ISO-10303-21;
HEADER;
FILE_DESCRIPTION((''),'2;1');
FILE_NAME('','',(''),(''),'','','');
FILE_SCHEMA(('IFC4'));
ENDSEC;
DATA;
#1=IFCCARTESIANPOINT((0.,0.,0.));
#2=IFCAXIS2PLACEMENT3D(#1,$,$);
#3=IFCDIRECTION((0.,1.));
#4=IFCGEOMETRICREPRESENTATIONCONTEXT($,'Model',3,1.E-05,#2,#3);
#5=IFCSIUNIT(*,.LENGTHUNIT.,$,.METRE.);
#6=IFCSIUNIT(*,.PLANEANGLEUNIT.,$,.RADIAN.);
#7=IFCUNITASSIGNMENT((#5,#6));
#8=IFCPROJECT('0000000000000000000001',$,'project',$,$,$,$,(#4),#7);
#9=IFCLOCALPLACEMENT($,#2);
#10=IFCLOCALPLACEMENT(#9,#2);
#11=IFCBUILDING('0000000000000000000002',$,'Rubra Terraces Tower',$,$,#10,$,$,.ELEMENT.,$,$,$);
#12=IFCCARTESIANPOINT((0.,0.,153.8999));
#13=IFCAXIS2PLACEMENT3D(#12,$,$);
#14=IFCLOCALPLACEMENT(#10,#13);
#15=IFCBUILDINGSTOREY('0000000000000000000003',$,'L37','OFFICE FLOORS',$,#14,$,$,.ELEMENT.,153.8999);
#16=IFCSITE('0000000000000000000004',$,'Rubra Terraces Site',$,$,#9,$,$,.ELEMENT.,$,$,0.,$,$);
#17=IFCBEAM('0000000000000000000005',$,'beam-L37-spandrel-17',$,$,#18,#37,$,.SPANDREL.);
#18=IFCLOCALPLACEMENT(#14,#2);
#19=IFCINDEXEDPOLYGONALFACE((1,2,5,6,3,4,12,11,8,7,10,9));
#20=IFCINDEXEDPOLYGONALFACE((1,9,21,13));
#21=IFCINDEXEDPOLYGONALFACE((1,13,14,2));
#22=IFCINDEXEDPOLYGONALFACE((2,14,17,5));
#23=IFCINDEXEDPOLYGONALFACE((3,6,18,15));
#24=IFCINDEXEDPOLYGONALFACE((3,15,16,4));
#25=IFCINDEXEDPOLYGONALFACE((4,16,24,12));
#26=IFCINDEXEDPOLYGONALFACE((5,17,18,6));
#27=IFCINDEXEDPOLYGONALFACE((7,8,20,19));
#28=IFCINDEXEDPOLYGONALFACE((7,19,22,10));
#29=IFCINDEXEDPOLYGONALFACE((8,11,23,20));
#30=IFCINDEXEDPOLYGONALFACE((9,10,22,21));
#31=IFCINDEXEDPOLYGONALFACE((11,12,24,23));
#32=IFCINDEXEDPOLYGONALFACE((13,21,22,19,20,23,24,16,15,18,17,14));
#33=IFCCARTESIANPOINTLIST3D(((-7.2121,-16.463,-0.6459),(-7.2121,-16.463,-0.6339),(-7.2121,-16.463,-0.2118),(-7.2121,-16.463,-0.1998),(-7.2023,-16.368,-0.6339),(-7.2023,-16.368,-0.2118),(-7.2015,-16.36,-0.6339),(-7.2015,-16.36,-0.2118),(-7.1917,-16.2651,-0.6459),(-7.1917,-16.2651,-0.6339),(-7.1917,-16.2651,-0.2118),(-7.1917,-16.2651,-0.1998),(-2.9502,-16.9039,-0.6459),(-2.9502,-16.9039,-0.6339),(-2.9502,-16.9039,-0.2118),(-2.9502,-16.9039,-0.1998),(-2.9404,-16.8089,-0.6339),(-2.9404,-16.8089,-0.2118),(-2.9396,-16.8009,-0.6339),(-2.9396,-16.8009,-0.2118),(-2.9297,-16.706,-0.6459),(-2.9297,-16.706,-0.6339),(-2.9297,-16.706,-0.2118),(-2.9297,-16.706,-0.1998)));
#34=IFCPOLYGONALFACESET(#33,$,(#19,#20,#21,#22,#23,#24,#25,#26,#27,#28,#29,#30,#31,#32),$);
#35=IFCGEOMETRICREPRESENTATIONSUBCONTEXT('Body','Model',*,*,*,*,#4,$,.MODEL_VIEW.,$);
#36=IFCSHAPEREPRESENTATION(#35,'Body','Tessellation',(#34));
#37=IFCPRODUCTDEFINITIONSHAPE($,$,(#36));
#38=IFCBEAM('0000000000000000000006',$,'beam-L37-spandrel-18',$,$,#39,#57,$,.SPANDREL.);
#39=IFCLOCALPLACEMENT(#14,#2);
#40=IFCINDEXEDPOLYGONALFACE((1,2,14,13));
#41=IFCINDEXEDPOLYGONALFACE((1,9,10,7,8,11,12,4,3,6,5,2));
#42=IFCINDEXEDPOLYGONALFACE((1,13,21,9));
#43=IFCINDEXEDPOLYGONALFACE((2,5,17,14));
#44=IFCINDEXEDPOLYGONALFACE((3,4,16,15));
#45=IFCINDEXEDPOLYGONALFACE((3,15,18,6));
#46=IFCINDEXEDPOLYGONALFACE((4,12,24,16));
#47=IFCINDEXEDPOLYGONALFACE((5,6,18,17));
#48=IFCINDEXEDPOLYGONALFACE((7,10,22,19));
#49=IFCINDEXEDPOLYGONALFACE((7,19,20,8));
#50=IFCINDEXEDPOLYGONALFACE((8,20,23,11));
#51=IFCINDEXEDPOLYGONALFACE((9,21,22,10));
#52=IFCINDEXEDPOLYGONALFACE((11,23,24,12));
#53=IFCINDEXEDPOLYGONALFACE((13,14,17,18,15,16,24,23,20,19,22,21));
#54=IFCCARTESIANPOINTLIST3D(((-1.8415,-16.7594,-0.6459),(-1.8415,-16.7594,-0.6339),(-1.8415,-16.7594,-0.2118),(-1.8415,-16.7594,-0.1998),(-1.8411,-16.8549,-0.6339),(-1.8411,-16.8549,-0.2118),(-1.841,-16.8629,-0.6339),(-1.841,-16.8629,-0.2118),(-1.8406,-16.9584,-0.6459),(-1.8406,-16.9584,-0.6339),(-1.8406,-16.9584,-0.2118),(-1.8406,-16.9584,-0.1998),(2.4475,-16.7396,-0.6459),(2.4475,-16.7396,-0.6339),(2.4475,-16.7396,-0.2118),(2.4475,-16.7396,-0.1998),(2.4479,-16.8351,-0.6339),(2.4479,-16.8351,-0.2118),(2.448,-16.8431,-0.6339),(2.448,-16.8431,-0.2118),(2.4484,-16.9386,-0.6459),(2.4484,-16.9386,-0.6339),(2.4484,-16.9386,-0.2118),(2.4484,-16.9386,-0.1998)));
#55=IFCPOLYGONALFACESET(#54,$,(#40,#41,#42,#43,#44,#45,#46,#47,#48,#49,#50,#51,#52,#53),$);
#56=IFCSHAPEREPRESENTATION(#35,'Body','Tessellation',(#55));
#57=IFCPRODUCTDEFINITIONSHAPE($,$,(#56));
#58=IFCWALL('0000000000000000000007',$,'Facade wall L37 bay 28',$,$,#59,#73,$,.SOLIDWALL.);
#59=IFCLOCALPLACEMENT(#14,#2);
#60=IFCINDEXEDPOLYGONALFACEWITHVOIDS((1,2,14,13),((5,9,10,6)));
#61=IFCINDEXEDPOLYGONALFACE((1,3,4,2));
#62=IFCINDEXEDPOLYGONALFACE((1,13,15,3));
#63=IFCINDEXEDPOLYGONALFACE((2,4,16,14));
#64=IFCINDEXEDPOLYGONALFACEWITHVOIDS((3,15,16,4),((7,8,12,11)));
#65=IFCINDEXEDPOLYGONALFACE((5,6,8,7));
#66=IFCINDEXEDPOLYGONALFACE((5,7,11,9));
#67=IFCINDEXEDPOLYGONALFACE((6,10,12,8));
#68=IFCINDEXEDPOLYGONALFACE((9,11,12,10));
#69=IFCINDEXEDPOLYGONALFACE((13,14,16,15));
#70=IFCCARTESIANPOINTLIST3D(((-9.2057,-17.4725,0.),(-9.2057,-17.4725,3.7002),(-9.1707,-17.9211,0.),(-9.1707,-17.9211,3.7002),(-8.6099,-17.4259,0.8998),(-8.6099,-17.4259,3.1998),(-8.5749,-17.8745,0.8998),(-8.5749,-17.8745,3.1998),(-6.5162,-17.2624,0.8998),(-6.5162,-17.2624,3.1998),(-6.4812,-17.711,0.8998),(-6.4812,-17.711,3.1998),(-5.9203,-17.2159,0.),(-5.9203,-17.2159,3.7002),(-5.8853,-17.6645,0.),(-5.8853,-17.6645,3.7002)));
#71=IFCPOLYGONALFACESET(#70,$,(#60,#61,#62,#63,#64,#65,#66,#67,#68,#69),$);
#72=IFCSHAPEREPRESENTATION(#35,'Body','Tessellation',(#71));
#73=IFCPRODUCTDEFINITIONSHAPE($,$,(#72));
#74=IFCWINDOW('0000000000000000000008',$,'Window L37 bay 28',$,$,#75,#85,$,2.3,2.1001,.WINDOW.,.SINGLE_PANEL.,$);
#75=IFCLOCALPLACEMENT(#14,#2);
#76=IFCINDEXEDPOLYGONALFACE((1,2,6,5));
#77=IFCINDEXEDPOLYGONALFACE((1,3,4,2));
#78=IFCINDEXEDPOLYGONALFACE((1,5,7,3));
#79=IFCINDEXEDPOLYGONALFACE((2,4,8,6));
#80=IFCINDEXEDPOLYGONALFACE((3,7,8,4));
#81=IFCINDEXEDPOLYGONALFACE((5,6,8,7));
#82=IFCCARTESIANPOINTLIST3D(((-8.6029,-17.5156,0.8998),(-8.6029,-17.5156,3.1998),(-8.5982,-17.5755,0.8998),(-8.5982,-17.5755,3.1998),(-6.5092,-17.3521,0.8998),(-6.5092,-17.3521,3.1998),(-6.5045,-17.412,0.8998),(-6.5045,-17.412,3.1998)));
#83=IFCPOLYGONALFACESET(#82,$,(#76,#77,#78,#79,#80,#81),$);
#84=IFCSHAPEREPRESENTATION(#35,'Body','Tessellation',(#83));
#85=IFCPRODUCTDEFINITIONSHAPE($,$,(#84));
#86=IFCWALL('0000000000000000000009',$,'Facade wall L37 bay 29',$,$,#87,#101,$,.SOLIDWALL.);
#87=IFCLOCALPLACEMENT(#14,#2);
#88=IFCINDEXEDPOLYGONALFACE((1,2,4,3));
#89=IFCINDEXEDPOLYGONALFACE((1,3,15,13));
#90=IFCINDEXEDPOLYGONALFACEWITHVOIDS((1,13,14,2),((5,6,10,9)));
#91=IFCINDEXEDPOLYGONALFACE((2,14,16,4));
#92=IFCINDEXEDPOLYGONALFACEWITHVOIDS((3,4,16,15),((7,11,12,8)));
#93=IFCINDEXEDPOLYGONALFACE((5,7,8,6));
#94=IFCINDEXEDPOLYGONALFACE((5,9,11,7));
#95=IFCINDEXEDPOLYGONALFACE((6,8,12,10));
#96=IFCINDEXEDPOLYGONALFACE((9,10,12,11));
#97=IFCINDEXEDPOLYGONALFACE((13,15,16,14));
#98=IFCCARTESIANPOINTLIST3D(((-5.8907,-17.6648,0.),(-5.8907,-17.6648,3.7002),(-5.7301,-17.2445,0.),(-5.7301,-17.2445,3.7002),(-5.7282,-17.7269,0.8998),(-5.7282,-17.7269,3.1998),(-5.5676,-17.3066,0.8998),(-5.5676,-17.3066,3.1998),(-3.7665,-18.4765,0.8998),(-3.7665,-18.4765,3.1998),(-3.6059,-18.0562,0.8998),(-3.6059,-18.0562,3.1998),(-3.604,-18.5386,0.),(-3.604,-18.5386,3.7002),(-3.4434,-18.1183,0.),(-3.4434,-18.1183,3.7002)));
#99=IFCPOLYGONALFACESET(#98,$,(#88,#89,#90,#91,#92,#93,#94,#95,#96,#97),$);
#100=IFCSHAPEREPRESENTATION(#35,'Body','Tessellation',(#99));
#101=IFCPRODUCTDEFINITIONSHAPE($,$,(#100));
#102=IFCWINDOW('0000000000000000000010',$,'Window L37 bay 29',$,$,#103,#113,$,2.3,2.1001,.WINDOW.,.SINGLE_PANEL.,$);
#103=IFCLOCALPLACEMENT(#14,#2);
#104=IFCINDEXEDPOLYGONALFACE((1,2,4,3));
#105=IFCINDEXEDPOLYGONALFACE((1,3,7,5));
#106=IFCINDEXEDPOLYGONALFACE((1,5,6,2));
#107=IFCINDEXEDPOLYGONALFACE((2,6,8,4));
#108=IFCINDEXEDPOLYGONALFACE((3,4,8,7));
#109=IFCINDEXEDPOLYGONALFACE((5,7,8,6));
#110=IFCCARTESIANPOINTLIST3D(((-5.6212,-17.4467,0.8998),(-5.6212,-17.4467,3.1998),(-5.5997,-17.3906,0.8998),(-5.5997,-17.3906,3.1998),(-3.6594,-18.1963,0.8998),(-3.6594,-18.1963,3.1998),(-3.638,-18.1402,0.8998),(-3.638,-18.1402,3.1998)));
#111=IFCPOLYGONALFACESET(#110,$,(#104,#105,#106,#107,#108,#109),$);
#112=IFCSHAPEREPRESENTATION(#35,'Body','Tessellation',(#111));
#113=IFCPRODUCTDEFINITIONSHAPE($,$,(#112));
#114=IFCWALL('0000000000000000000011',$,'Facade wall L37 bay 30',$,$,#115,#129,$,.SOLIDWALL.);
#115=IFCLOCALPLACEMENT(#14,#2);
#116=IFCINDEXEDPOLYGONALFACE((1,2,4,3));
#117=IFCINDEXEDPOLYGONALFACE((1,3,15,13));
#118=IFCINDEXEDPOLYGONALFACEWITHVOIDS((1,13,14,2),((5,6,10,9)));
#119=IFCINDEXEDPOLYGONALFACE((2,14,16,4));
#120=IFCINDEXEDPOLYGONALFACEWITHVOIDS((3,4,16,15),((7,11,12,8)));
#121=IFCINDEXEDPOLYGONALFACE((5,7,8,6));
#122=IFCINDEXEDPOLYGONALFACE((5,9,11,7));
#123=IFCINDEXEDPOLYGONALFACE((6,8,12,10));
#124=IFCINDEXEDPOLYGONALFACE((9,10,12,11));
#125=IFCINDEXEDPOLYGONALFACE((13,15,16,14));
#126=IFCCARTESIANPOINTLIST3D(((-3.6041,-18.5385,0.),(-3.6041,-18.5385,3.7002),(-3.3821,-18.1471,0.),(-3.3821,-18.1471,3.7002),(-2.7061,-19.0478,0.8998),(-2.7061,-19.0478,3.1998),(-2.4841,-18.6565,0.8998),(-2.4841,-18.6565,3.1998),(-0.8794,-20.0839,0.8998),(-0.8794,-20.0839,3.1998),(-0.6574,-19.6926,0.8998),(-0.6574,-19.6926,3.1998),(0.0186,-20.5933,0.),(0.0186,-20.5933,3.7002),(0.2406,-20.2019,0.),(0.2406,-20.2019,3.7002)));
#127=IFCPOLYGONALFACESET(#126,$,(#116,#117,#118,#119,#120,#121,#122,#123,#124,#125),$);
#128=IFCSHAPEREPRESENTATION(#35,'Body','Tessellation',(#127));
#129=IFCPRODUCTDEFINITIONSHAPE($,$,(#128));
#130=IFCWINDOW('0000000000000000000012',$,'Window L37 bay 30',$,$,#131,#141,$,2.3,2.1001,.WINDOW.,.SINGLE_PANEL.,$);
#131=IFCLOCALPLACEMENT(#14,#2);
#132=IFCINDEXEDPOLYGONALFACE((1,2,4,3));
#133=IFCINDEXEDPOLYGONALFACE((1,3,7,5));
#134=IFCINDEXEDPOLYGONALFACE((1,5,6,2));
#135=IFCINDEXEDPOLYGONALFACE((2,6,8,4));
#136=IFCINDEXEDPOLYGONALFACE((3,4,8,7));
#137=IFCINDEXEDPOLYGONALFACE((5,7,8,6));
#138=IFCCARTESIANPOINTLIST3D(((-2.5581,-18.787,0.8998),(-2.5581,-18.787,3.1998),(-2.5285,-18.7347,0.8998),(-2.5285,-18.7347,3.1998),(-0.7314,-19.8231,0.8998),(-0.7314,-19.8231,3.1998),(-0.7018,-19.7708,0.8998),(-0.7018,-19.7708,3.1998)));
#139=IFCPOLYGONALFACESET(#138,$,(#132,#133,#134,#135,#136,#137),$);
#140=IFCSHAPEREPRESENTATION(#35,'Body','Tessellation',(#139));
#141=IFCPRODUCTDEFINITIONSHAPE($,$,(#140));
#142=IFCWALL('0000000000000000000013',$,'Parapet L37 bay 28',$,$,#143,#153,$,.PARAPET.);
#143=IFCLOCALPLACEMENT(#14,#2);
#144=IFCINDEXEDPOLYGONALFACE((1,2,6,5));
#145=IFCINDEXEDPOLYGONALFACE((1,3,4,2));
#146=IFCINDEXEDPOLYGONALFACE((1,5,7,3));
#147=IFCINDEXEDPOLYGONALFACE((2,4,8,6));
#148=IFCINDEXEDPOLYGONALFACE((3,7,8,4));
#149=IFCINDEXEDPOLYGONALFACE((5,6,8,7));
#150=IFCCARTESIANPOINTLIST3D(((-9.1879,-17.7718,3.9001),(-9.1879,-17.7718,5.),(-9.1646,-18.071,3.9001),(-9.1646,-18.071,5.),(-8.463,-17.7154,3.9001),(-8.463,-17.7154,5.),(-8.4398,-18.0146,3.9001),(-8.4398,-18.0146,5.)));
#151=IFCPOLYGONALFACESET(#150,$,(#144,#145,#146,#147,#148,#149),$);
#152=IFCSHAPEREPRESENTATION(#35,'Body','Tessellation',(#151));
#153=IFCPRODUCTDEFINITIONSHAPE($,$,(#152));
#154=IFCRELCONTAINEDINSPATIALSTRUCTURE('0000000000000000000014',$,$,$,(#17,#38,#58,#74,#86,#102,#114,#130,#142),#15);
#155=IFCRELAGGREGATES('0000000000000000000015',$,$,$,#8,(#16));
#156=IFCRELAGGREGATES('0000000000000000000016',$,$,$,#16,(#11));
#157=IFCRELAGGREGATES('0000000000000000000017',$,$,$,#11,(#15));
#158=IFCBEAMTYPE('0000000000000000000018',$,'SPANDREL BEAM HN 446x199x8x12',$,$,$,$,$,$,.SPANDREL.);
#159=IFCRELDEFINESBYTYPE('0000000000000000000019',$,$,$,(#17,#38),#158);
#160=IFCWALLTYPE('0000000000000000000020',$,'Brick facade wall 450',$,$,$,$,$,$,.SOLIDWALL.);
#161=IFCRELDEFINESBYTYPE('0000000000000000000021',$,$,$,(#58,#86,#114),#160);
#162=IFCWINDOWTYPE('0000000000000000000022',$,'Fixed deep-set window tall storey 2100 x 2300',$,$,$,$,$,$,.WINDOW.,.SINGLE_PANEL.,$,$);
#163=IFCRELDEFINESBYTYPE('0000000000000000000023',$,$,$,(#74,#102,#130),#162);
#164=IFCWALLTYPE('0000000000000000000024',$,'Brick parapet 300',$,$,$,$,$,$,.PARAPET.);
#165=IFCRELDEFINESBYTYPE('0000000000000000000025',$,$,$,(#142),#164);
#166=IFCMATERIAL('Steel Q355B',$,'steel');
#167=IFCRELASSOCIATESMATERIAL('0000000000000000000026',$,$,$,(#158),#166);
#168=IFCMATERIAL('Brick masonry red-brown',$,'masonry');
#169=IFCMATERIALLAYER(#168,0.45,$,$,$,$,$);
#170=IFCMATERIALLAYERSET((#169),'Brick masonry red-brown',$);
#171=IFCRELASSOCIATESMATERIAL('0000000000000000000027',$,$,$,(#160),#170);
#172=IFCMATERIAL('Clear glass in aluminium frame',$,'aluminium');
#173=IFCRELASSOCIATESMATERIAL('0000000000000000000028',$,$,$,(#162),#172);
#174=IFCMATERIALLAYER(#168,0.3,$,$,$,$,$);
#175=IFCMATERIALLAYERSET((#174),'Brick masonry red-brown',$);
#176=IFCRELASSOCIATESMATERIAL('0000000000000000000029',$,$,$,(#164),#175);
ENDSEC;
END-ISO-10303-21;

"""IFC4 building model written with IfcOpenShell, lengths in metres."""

from ifc_helpers import new_model, si_unit, direction, frame, frame_2d, origin, origin_2d, place, context, subcontext, project, spatial, rectangle, i_section, extrude, material, layer, layer_set, material_profile, profile_set, type_object, element, fill, save


model = new_model("IFC4")

# Units and contexts
model_context = context("Model", 3, precision=1e-05, world=origin(), true_north=direction((0.0, 1.0)))
body_context = subcontext(model_context, "Body", "Model", "MODEL_VIEW")
ifc_project = project(units=[si_unit("LENGTHUNIT", "METRE"), si_unit("PLANEANGLEUNIT", "RADIAN")], contexts=[model_context])

# Site, building, storey
site_placement = place(None, origin())
site = spatial("IfcSite", under=ifc_project, at=site_placement, Name="Rubra Terraces Site", CompositionType="ELEMENT", RefElevation=0.0)
building_placement = place(site_placement, origin())
building = spatial("IfcBuilding", under=site, at=building_placement, Name="Rubra Terraces Tower", CompositionType="ELEMENT")
storey_placement = place(building_placement, frame((0.0, 0.0, 153.8999)))
storey = spatial("IfcBuildingStorey", under=building, at=storey_placement, Name="L37", Description="OFFICE FLOORS", CompositionType="ELEMENT", Elevation=153.8999)

# Beams
ifc_material_1 = material(Name="Steel Q355B", Category="steel")
ifc_material_profile_1 = material_profile(ifc_material_1, i_section(OverallWidth=0.199, OverallDepth=0.446, WebThickness=0.0081, FlangeThickness=0.012, at=origin_2d()), Name="HN 446x199x8x12")
ifc_profile_set_1 = profile_set([ifc_material_profile_1], Name="Steel Q355B")
beam_type_1 = type_object("IfcBeamType", Name="SPANDREL BEAM HN 446x199x8x12", PredefinedType="SPANDREL", material=ifc_profile_set_1)
beam_1_placement = place(storey_placement, frame((-7.2019, -16.364, -0.4229), z_axis=(0.994691, -0.102905, 0.0), x_axis=(0.102905, 0.994691, 0.0)))
element("IfcBeam", 1, at=beam_1_placement, inside=storey, type_object=beam_type_1, Name="beam-L37-spandrel-17", PredefinedType="SPANDREL", context=body_context, shape_type="SweptSolid", body=[
    extrude(i_section(OverallWidth=0.199, OverallDepth=0.446, WebThickness=0.0081, FlangeThickness=0.012, at=origin_2d()), origin(), (0.0, 0.0, 1.0), 4.2847),
])
beam_2_placement = place(storey_placement, frame((-1.8411, -16.8589, -0.4229), z_axis=(0.999989, 0.004611, 0.0), x_axis=(-0.004611, 0.999989, 0.0)))
element("IfcBeam", 2, at=beam_2_placement, inside=storey, type_object=beam_type_1, Name="beam-L37-spandrel-18", PredefinedType="SPANDREL", context=body_context, shape_type="SweptSolid", body=[
    extrude(i_section(OverallWidth=0.199, OverallDepth=0.446, WebThickness=0.0081, FlangeThickness=0.012, at=origin_2d()), origin(), (0.0, 0.0, 1.0), 4.2891),
])

# Walls, openings, windows
ifc_material_2 = material(Name="Brick masonry red-brown", Category="masonry")
ifc_layer_1 = layer(ifc_material_2, 0.45)
ifc_layer_set_1 = layer_set([ifc_layer_1], Name="Brick masonry red-brown")
wall_type_1 = type_object("IfcWallType", Name="Brick facade wall 450", PredefinedType="SOLIDWALL", material=ifc_layer_set_1)
wall_1_placement = place(storey_placement, frame((-9.1882, -17.6968, 0.0), z_axis=(0.0, 0.0, 1.0), x_axis=(0.996964, 0.077864, 0.0)))
wall_1 = element("IfcWall", 3, at=wall_1_placement, inside=storey, type_object=wall_type_1, Name="Facade wall L37 bay 28", PredefinedType="SOLIDWALL", context=body_context, shape_type="SweptSolid", body=[
    extrude(rectangle(XDim=3.2954, YDim=0.45, at=frame_2d((1.6477, 0.0))), origin(), (0.0, 0.0, 1.0), 3.7002),
])
opening_1_placement = place(wall_1_placement, frame((0.5977, 0.0, 0.8999)))
opening_1 = element("IfcOpeningElement", 4, at=opening_1_placement, cuts=wall_1, PredefinedType="OPENING", context=body_context, shape_type="SweptSolid", body=[
    extrude(rectangle(XDim=2.1001, YDim=2.3, at=frame_2d((1.05, 1.1499))), frame((0.0, 0.2349, 0.0), z_axis=(0.0, -1.0, 0.0), x_axis=(1.0, 0.0, 0.0)), (0.0, 0.0, 1.0), 0.47),
])
ifc_material_3 = material(Name="Clear glass in aluminium frame", Category="aluminium")
window_type = type_object("IfcWindowType", Name="Fixed deep-set window tall storey 2100 x 2300", PartitioningType="SINGLE_PANEL", PredefinedType="WINDOW", material=ifc_material_3)
window_1_placement = place(opening_1_placement, origin())
window_1 = element("IfcWindow", 5, at=window_1_placement, inside=storey, type_object=window_type, Name="Window L37 bay 28", OverallHeight=2.3, OverallWidth=2.1001, PartitioningType="SINGLE_PANEL", PredefinedType="WINDOW", context=body_context, shape_type="SweptSolid", body=[
    extrude(rectangle(XDim=2.1001, YDim=2.3, at=frame_2d((1.05, 1.1499))), frame((0.0, 0.135, 0.0), z_axis=(0.0, -1.0, 0.0), x_axis=(1.0, 0.0, 0.0)), (0.0, 0.0, 1.0), 0.0601),
])
fill(opening_1, window_1)
wall_2_placement = place(storey_placement, frame((-5.8105, -17.4546, 0.0), z_axis=(0.0, 0.0, 1.0), x_axis=(0.934122, -0.356953, 0.0)))
wall_2 = element("IfcWall", 6, at=wall_2_placement, inside=storey, type_object=wall_type_1, Name="Facade wall L37 bay 29", PredefinedType="SOLIDWALL", context=body_context, shape_type="SweptSolid", body=[
    extrude(rectangle(XDim=2.448, YDim=0.45, at=frame_2d((1.2241, 0.0))), origin(), (0.0, 0.0, 1.0), 3.7002),
])
opening_2_placement = place(wall_2_placement, frame((0.1741, 0.0, 0.8999)))
opening_2 = element("IfcOpeningElement", 7, at=opening_2_placement, cuts=wall_2, PredefinedType="OPENING", context=body_context, shape_type="SweptSolid", body=[
    extrude(rectangle(XDim=2.1001, YDim=2.3, at=frame_2d((1.05, 1.1499))), frame((0.0, 0.2349, 0.0), z_axis=(0.0, -1.0, 0.0), x_axis=(1.0, 0.0, 0.0)), (0.0, 0.0, 1.0), 0.47),
])
window_2_placement = place(opening_2_placement, origin())
window_2 = element("IfcWindow", 8, at=window_2_placement, inside=storey, type_object=window_type, Name="Window L37 bay 29", OverallHeight=2.3, OverallWidth=2.1001, PartitioningType="SINGLE_PANEL", PredefinedType="WINDOW", context=body_context, shape_type="SweptSolid", body=[
    extrude(rectangle(XDim=2.1001, YDim=2.3, at=frame_2d((1.05, 1.1499))), frame((0.0, 0.135, 0.0), z_axis=(0.0, -1.0, 0.0), x_axis=(1.0, 0.0, 0.0)), (0.0, 0.0, 1.0), 0.0601),
])
fill(opening_2, window_2)
wall_3_placement = place(storey_placement, frame((-3.4932, -18.3428, 0.0), z_axis=(0.0, 0.0, 1.0), x_axis=(0.869826, -0.493359, 0.0)))
wall_3 = element("IfcWall", 9, at=wall_3_placement, inside=storey, type_object=wall_type_1, Name="Facade wall L37 bay 30", PredefinedType="SOLIDWALL", context=body_context, shape_type="SweptSolid", body=[
    extrude(rectangle(XDim=4.1648, YDim=0.45, at=frame_2d((2.0825, 0.0))), origin(), (0.0, 0.0, 1.0), 3.7002),
])
opening_3_placement = place(wall_3_placement, frame((1.0325, 0.0, 0.8999)))
opening_3 = element("IfcOpeningElement", 10, at=opening_3_placement, cuts=wall_3, PredefinedType="OPENING", context=body_context, shape_type="SweptSolid", body=[
    extrude(rectangle(XDim=2.1001, YDim=2.3, at=frame_2d((1.05, 1.1499))), frame((0.0, 0.2349, 0.0), z_axis=(0.0, -1.0, 0.0), x_axis=(1.0, 0.0, 0.0)), (0.0, 0.0, 1.0), 0.47),
])
window_3_placement = place(opening_3_placement, origin())
window_3 = element("IfcWindow", 11, at=window_3_placement, inside=storey, type_object=window_type, Name="Window L37 bay 30", OverallHeight=2.3, OverallWidth=2.1001, PartitioningType="SINGLE_PANEL", PredefinedType="WINDOW", context=body_context, shape_type="SweptSolid", body=[
    extrude(rectangle(XDim=2.1001, YDim=2.3, at=frame_2d((1.05, 1.1499))), frame((0.0, 0.135, 0.0), z_axis=(0.0, -1.0, 0.0), x_axis=(1.0, 0.0, 0.0)), (0.0, 0.0, 1.0), 0.0601),
])
fill(opening_3, window_3)

# Wall
ifc_layer_2 = layer(ifc_material_2, 0.3)
ifc_layer_set_2 = layer_set([ifc_layer_2], Name="Brick masonry red-brown")
wall_type_2 = type_object("IfcWallType", Name="Brick parapet 300", PredefinedType="PARAPET", material=ifc_layer_set_2)
wall_4_placement = place(storey_placement, frame((-9.1763, -17.9214, 3.9001), z_axis=(0.0, 0.0, 1.0), x_axis=(0.996987, 0.07757, 0.0)))
element("IfcWall", 12, at=wall_4_placement, inside=storey, type_object=wall_type_2, Name="Parapet L37 bay 28", PredefinedType="PARAPET", context=body_context, shape_type="SweptSolid", body=[
    extrude(rectangle(XDim=0.7271, YDim=0.3, at=frame_2d((0.3635, 0.0))), origin(), (0.0, 0.0, 1.0), 1.0999),
])

save(model, "model.ifc")
